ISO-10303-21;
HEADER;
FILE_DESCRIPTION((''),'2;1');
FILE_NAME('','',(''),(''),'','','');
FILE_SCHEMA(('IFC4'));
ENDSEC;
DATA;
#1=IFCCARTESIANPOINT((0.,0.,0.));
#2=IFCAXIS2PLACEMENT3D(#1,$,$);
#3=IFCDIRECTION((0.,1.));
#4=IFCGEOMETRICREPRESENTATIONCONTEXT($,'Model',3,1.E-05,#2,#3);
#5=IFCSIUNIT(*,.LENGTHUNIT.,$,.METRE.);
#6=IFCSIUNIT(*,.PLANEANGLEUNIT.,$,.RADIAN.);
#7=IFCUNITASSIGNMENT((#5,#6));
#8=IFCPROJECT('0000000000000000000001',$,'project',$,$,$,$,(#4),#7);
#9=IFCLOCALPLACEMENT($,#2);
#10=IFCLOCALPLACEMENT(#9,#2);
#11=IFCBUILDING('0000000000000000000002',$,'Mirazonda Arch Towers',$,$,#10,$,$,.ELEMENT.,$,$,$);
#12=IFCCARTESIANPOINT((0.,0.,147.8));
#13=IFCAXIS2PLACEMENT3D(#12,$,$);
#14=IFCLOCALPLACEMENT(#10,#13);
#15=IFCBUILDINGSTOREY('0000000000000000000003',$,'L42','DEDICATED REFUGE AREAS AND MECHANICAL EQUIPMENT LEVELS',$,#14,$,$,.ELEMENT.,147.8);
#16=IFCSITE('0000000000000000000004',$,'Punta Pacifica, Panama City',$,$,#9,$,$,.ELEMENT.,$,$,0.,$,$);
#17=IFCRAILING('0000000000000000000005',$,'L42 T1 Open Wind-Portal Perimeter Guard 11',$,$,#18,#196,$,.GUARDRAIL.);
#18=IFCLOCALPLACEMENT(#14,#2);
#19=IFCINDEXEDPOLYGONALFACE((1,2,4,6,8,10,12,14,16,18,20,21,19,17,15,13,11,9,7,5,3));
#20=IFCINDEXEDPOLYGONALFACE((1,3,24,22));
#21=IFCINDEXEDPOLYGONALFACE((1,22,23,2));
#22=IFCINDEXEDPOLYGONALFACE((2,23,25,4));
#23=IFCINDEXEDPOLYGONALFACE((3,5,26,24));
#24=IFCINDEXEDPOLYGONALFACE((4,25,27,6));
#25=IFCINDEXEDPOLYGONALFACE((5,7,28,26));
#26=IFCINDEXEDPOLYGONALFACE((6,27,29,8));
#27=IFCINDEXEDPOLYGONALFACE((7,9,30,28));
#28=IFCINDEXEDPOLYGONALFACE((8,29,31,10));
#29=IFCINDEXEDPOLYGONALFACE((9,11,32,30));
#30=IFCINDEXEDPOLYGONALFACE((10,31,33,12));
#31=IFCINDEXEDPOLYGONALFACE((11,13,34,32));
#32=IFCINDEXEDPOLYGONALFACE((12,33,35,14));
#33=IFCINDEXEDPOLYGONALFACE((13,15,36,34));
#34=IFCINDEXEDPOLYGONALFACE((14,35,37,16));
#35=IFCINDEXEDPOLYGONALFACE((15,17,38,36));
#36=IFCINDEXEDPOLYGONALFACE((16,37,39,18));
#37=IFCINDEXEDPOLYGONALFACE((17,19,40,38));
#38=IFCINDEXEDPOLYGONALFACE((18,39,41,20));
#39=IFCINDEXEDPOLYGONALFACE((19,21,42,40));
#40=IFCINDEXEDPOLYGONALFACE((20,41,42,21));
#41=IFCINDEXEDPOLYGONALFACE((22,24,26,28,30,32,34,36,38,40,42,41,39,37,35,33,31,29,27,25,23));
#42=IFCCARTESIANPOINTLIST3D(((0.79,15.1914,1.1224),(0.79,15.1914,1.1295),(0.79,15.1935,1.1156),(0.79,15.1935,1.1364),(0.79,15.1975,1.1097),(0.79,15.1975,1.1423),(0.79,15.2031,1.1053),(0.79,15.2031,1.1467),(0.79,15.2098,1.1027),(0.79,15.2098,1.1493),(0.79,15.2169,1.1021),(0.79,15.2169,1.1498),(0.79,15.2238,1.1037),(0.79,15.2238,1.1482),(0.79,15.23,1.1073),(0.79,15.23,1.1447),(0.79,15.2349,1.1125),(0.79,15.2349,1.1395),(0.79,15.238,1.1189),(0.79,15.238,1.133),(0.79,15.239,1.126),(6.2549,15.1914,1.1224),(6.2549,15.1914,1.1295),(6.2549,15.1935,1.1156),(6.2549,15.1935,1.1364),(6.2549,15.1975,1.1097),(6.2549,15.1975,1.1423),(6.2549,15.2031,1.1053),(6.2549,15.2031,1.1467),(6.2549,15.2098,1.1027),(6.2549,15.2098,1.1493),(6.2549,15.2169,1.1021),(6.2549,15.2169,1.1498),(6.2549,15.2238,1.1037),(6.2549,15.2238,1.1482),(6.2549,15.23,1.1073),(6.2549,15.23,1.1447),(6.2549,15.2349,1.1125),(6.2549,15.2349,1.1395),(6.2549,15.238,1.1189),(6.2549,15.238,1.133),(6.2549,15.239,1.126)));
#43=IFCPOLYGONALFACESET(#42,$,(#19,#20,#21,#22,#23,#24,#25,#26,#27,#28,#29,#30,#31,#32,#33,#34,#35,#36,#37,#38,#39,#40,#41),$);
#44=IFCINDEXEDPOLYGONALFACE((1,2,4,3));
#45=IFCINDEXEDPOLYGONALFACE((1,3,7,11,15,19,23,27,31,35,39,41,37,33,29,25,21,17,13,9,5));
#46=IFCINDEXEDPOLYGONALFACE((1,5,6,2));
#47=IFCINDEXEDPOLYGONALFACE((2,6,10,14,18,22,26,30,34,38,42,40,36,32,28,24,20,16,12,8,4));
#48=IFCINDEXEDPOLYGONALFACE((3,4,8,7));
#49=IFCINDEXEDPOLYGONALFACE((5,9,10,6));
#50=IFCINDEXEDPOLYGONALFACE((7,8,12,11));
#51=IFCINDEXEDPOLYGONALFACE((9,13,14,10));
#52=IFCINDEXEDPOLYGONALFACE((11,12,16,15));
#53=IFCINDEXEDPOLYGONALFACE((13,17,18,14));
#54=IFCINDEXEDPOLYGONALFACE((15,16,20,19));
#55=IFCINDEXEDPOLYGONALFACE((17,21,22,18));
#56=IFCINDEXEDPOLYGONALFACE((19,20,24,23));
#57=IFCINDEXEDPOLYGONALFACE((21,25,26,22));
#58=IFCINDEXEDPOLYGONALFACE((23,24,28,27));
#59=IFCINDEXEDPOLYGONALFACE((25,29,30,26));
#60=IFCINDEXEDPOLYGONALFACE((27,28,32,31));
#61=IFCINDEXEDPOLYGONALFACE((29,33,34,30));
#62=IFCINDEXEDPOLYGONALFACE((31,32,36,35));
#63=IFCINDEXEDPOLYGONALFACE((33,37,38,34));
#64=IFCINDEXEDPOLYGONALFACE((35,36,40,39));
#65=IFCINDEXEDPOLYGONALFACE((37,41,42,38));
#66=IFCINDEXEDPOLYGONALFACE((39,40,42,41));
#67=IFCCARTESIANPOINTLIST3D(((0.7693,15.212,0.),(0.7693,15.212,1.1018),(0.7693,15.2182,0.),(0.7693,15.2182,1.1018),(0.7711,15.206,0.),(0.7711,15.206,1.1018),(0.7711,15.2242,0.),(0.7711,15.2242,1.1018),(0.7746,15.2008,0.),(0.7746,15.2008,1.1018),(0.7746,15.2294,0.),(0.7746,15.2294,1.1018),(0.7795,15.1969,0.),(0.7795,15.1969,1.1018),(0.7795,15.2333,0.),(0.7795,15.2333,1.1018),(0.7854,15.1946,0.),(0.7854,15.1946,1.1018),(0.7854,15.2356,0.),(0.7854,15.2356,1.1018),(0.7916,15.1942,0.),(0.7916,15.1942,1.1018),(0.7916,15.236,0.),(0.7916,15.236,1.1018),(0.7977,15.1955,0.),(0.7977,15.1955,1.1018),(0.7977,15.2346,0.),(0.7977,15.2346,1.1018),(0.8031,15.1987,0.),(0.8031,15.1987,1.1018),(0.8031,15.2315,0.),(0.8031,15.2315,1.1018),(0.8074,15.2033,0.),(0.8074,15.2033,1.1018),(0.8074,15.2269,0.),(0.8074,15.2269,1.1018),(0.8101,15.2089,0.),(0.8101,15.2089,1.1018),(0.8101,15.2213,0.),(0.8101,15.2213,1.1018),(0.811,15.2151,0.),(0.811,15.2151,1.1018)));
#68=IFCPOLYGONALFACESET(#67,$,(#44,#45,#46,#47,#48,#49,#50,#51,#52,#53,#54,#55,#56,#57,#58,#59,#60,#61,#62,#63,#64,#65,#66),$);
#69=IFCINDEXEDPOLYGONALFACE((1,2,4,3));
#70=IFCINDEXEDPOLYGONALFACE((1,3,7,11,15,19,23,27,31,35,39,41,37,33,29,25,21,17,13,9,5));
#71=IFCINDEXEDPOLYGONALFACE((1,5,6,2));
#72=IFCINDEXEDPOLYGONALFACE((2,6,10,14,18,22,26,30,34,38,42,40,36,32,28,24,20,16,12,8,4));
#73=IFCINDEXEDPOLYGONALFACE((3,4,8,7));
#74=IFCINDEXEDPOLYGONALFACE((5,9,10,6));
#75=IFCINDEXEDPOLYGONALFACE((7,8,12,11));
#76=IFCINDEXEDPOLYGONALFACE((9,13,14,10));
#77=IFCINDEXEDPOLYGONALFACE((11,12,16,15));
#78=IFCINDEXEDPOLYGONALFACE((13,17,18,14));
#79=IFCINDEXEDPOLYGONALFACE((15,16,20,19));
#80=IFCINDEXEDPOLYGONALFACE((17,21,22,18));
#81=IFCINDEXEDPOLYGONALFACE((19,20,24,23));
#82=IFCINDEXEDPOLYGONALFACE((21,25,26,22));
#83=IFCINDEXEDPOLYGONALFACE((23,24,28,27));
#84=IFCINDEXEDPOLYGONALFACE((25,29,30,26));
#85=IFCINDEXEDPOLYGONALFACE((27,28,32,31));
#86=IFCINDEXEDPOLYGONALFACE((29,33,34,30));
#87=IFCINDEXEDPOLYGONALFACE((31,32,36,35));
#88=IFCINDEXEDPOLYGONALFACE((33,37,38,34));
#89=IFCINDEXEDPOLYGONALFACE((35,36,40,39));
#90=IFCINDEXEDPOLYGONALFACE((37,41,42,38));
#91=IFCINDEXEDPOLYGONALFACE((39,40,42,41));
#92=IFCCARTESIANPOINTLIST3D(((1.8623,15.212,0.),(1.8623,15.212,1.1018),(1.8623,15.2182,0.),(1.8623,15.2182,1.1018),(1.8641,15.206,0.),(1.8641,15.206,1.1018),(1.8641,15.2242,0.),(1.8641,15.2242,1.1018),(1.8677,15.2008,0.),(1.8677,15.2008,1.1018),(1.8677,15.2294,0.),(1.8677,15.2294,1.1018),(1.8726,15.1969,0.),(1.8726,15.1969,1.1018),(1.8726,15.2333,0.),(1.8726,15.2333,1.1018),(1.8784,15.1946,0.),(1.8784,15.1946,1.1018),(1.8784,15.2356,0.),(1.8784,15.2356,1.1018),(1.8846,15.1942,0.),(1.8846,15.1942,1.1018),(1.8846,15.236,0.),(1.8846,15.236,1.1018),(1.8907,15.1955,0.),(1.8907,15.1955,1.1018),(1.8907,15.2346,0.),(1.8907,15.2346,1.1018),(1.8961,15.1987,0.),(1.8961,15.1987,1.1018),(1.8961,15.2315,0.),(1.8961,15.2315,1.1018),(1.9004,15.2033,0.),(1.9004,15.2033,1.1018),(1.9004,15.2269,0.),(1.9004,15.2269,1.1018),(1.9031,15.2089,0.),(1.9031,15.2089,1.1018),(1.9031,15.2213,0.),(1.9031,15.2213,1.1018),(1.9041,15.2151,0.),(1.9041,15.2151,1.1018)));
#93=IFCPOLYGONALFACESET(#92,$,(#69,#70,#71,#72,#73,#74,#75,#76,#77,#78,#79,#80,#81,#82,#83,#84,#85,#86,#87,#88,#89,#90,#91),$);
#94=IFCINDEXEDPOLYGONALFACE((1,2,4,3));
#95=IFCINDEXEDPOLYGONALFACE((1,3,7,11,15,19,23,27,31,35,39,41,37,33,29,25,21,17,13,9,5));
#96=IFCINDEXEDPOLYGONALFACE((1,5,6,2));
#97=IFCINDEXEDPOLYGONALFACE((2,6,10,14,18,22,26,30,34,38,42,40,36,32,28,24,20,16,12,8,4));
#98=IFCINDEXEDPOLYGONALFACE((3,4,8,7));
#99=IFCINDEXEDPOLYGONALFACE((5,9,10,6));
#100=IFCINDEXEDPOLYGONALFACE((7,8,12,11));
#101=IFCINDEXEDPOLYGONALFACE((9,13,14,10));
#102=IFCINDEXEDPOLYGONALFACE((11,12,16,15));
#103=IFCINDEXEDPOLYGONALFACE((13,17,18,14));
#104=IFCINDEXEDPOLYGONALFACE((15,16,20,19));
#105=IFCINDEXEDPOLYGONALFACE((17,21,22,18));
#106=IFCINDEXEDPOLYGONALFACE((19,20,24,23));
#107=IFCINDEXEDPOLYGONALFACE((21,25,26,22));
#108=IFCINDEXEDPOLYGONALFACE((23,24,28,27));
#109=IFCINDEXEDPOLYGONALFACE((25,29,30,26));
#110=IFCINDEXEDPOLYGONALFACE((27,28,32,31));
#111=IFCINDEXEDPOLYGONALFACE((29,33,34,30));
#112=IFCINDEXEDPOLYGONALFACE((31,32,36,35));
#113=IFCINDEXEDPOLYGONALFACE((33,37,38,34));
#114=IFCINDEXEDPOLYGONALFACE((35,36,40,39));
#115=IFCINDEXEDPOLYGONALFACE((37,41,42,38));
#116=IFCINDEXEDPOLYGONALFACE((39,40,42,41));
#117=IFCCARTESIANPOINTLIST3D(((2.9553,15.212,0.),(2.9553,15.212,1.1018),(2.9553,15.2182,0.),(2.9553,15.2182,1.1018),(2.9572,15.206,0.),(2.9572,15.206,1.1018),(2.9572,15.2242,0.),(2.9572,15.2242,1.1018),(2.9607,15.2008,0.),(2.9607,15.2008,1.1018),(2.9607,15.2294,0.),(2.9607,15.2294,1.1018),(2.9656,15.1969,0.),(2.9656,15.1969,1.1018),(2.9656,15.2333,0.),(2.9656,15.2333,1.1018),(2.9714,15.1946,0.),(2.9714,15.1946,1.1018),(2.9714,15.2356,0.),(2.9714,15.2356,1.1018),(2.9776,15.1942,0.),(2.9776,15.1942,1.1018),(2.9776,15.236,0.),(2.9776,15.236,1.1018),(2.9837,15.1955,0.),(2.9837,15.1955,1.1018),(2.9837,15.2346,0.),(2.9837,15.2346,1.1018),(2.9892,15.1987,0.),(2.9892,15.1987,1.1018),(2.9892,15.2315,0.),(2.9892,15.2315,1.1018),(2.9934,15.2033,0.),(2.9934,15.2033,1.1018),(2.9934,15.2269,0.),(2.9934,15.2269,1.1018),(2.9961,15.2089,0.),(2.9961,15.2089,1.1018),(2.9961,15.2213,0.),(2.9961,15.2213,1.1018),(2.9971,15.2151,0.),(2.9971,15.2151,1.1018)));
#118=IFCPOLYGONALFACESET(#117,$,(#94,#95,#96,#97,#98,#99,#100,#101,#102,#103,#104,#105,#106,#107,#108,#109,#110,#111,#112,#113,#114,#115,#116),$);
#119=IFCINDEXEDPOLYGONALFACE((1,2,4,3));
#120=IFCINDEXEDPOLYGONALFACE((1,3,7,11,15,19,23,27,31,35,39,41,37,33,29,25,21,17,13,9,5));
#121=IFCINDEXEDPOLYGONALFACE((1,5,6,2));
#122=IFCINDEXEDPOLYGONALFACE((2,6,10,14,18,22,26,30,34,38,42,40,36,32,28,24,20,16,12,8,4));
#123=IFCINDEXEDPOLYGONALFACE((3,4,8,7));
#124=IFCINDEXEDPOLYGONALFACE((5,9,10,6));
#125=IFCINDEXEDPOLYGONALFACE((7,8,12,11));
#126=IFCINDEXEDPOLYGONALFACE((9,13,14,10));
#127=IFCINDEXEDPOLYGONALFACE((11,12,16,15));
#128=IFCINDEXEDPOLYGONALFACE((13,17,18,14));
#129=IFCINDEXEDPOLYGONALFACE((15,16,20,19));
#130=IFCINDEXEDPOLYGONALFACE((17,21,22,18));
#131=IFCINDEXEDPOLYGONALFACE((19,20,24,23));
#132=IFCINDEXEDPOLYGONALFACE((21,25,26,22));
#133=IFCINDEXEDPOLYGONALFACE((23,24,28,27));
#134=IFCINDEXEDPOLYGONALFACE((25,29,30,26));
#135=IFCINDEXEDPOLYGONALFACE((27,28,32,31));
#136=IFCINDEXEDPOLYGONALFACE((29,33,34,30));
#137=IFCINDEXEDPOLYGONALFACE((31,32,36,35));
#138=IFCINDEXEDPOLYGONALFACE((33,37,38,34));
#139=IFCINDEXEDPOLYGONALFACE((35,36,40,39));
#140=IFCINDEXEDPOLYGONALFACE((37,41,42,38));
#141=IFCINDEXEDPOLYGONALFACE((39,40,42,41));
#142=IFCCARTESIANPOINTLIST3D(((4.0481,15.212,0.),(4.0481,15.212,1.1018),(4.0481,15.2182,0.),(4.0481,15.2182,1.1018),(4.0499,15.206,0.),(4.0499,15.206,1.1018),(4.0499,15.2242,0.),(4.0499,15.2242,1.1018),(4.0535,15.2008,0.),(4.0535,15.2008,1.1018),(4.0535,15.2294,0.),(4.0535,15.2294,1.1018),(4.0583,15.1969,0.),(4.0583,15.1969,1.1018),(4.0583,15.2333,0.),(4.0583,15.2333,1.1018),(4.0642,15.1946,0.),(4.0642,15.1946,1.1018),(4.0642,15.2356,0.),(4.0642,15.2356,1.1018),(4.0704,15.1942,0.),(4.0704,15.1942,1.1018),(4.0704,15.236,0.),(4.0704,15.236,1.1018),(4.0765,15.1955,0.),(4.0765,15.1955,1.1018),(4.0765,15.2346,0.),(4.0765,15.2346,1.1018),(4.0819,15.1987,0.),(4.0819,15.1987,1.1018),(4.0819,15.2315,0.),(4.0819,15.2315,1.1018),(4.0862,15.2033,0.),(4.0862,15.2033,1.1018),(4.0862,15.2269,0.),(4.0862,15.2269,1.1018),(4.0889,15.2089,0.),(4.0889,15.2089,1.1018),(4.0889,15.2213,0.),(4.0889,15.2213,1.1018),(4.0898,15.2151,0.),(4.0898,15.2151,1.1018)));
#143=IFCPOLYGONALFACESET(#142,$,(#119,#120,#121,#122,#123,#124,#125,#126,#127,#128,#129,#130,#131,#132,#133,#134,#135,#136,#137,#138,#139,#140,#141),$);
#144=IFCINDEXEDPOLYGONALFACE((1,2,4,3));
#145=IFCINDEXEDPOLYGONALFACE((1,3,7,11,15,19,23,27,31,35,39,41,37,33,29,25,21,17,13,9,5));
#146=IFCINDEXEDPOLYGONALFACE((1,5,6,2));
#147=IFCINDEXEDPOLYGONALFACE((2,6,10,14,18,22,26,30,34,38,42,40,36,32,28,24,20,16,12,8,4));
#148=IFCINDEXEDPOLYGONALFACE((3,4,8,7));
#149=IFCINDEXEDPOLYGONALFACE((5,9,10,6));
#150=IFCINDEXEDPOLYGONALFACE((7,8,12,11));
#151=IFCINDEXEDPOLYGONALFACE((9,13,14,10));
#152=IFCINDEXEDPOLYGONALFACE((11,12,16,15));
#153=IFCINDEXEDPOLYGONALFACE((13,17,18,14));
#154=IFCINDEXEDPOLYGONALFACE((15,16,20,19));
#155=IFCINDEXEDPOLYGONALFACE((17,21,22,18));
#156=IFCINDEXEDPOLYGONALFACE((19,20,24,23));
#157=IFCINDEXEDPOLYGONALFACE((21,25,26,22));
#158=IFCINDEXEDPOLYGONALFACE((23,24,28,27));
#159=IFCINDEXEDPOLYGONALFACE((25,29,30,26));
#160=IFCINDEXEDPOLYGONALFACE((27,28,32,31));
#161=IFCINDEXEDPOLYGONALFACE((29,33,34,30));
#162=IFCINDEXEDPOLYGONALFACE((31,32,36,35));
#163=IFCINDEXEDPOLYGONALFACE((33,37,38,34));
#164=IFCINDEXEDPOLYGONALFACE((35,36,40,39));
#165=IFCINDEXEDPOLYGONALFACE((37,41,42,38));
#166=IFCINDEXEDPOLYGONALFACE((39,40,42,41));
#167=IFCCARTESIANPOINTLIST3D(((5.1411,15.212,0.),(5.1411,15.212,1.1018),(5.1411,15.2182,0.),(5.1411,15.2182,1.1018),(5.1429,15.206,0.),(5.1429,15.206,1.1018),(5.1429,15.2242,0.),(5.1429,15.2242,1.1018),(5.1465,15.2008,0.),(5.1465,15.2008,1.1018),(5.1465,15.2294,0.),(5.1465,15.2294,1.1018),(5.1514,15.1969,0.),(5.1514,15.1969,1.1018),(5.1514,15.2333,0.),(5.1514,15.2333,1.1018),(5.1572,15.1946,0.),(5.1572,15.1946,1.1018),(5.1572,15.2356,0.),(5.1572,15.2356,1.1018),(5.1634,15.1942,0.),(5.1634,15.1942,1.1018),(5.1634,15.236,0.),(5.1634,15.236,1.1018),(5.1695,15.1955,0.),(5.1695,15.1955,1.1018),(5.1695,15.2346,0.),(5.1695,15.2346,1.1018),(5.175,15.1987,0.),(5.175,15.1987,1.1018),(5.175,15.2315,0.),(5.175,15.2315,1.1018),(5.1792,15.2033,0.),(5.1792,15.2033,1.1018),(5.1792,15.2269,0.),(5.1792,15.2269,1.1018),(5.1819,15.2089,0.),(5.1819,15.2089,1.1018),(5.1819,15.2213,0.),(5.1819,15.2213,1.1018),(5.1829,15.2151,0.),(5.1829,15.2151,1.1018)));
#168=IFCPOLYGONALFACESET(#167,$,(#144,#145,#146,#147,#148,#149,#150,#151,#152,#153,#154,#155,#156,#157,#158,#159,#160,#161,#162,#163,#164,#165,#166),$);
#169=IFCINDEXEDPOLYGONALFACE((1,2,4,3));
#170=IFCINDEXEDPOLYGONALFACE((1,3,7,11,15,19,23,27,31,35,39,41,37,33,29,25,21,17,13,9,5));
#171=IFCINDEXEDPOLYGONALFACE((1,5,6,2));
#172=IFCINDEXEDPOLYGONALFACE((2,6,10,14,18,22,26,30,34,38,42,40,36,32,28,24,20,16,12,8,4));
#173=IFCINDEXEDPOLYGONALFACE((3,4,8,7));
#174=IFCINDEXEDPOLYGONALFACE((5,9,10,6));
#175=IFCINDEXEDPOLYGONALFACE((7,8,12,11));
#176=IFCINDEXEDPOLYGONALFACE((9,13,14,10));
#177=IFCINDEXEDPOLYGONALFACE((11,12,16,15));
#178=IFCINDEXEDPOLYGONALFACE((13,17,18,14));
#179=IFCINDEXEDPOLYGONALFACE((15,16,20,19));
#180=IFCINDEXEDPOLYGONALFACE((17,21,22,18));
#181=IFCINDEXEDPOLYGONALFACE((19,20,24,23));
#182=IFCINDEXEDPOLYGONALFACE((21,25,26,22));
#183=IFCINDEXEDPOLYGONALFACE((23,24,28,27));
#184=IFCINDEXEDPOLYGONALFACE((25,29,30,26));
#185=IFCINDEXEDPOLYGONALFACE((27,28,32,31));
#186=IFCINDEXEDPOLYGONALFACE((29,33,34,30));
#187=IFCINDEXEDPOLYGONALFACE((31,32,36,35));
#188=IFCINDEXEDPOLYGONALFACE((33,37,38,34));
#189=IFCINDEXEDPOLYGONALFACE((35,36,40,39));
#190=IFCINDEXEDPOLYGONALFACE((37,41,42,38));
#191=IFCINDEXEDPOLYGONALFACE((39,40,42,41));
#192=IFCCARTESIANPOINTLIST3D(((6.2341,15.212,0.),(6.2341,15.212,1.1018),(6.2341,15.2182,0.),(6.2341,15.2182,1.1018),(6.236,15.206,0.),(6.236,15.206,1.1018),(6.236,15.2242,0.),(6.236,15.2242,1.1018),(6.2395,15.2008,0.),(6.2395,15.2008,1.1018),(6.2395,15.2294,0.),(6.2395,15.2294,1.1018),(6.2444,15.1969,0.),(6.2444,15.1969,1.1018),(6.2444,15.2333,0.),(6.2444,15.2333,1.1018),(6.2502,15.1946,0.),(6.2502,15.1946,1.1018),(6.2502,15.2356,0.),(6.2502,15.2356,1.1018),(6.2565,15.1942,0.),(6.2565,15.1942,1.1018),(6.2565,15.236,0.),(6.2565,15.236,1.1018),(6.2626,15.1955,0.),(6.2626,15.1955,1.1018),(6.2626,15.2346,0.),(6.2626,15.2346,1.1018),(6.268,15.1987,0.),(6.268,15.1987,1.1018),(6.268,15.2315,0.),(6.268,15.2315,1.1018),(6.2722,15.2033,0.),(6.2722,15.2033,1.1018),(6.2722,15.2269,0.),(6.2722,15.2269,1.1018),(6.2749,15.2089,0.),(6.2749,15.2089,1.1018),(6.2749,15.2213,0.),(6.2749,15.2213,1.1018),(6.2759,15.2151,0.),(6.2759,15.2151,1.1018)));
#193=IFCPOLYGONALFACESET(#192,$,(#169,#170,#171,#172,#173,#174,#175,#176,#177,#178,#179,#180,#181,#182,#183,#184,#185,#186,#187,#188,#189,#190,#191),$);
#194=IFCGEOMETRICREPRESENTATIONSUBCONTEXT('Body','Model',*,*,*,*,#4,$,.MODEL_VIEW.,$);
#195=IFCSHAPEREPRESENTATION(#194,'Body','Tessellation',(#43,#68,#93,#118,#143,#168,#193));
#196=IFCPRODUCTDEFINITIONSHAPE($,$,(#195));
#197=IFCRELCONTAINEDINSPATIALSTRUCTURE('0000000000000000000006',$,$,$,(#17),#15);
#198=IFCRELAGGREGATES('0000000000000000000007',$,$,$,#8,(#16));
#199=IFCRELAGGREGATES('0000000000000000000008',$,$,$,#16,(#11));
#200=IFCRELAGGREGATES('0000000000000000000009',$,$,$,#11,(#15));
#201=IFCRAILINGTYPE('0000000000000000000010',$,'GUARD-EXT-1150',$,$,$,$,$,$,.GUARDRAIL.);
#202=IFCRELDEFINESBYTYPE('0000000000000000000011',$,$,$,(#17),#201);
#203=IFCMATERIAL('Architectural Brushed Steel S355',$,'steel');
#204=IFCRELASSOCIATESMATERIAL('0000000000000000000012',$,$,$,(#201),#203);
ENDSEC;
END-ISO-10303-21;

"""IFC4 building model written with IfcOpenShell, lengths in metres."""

from ifc_helpers import new_model, si_unit, direction, frame, origin, origin_2d, place, context, subcontext, project, spatial, circle, extrude, material, type_object, element, save


model = new_model("IFC4")

# Units and contexts
model_context = context("Model", 3, precision=1e-05, world=origin(), true_north=direction((0.0, 1.0)))
body_context = subcontext(model_context, "Body", "Model", "MODEL_VIEW")
ifc_project = project(units=[si_unit("LENGTHUNIT", "METRE"), si_unit("PLANEANGLEUNIT", "RADIAN")], contexts=[model_context])

# Site, building, storey
site_placement = place(None, origin())
site = spatial("IfcSite", under=ifc_project, at=site_placement, Name="Punta Pacifica, Panama City", CompositionType="ELEMENT", RefElevation=0.0)
building_placement = place(site_placement, origin())
building = spatial("IfcBuilding", under=site, at=building_placement, Name="Mirazonda Arch Towers", CompositionType="ELEMENT")
storey_placement = place(building_placement, frame((0.0, 0.0, 147.8)))
storey = spatial("IfcBuildingStorey", under=building, at=storey_placement, Name="L42", Description="DEDICATED REFUGE AREAS AND MECHANICAL EQUIPMENT LEVELS", CompositionType="ELEMENT", Elevation=147.8)

# Shared definitions
ifc_material_1 = material(Name="Architectural Brushed Steel S355", Category="steel")

# Railing
railing_type_1 = type_object("IfcRailingType", Name="GUARD-EXT-1150", PredefinedType="GUARDRAIL", material=ifc_material_1)
railing_1_placement = place(storey_placement, frame((0.79, 15.2151, 0.0)))
element("IfcRailing", 1, at=railing_1_placement, inside=storey, type_object=railing_type_1, Name="L42 T1 Open Wind-Portal Perimeter Guard 11", PredefinedType="GUARDRAIL", context=body_context, shape_type="SweptSolid", body=[
    extrude(circle(Radius=0.0239, at=origin_2d()), frame((0.0, 0.0, 1.126), z_axis=(1.0, 0.0, 0.0), x_axis=(0.0, 1.0, 0.0)), (0.0, 0.0, 1.0), 5.4648),
    extrude(circle(Radius=0.021, at=origin_2d()), origin(), (0.0, 0.0, 1.0), 1.1018),
    extrude(circle(Radius=0.021, at=origin_2d()), frame((1.093, 0.0, 0.0)), (0.0, 0.0, 1.0), 1.1018),
    extrude(circle(Radius=0.021, at=origin_2d()), frame((2.186, 0.0, 0.0)), (0.0, 0.0, 1.0), 1.1018),
    extrude(circle(Radius=0.021, at=origin_2d()), frame((3.2788, 0.0, 0.0)), (0.0, 0.0, 1.0), 1.1018),
    extrude(circle(Radius=0.021, at=origin_2d()), frame((4.3718, 0.0, 0.0)), (0.0, 0.0, 1.0), 1.1018),
    extrude(circle(Radius=0.021, at=origin_2d()), frame((5.4648, 0.0, 0.0)), (0.0, 0.0, 1.0), 1.1018),
])

save(model, "model.ifc")
